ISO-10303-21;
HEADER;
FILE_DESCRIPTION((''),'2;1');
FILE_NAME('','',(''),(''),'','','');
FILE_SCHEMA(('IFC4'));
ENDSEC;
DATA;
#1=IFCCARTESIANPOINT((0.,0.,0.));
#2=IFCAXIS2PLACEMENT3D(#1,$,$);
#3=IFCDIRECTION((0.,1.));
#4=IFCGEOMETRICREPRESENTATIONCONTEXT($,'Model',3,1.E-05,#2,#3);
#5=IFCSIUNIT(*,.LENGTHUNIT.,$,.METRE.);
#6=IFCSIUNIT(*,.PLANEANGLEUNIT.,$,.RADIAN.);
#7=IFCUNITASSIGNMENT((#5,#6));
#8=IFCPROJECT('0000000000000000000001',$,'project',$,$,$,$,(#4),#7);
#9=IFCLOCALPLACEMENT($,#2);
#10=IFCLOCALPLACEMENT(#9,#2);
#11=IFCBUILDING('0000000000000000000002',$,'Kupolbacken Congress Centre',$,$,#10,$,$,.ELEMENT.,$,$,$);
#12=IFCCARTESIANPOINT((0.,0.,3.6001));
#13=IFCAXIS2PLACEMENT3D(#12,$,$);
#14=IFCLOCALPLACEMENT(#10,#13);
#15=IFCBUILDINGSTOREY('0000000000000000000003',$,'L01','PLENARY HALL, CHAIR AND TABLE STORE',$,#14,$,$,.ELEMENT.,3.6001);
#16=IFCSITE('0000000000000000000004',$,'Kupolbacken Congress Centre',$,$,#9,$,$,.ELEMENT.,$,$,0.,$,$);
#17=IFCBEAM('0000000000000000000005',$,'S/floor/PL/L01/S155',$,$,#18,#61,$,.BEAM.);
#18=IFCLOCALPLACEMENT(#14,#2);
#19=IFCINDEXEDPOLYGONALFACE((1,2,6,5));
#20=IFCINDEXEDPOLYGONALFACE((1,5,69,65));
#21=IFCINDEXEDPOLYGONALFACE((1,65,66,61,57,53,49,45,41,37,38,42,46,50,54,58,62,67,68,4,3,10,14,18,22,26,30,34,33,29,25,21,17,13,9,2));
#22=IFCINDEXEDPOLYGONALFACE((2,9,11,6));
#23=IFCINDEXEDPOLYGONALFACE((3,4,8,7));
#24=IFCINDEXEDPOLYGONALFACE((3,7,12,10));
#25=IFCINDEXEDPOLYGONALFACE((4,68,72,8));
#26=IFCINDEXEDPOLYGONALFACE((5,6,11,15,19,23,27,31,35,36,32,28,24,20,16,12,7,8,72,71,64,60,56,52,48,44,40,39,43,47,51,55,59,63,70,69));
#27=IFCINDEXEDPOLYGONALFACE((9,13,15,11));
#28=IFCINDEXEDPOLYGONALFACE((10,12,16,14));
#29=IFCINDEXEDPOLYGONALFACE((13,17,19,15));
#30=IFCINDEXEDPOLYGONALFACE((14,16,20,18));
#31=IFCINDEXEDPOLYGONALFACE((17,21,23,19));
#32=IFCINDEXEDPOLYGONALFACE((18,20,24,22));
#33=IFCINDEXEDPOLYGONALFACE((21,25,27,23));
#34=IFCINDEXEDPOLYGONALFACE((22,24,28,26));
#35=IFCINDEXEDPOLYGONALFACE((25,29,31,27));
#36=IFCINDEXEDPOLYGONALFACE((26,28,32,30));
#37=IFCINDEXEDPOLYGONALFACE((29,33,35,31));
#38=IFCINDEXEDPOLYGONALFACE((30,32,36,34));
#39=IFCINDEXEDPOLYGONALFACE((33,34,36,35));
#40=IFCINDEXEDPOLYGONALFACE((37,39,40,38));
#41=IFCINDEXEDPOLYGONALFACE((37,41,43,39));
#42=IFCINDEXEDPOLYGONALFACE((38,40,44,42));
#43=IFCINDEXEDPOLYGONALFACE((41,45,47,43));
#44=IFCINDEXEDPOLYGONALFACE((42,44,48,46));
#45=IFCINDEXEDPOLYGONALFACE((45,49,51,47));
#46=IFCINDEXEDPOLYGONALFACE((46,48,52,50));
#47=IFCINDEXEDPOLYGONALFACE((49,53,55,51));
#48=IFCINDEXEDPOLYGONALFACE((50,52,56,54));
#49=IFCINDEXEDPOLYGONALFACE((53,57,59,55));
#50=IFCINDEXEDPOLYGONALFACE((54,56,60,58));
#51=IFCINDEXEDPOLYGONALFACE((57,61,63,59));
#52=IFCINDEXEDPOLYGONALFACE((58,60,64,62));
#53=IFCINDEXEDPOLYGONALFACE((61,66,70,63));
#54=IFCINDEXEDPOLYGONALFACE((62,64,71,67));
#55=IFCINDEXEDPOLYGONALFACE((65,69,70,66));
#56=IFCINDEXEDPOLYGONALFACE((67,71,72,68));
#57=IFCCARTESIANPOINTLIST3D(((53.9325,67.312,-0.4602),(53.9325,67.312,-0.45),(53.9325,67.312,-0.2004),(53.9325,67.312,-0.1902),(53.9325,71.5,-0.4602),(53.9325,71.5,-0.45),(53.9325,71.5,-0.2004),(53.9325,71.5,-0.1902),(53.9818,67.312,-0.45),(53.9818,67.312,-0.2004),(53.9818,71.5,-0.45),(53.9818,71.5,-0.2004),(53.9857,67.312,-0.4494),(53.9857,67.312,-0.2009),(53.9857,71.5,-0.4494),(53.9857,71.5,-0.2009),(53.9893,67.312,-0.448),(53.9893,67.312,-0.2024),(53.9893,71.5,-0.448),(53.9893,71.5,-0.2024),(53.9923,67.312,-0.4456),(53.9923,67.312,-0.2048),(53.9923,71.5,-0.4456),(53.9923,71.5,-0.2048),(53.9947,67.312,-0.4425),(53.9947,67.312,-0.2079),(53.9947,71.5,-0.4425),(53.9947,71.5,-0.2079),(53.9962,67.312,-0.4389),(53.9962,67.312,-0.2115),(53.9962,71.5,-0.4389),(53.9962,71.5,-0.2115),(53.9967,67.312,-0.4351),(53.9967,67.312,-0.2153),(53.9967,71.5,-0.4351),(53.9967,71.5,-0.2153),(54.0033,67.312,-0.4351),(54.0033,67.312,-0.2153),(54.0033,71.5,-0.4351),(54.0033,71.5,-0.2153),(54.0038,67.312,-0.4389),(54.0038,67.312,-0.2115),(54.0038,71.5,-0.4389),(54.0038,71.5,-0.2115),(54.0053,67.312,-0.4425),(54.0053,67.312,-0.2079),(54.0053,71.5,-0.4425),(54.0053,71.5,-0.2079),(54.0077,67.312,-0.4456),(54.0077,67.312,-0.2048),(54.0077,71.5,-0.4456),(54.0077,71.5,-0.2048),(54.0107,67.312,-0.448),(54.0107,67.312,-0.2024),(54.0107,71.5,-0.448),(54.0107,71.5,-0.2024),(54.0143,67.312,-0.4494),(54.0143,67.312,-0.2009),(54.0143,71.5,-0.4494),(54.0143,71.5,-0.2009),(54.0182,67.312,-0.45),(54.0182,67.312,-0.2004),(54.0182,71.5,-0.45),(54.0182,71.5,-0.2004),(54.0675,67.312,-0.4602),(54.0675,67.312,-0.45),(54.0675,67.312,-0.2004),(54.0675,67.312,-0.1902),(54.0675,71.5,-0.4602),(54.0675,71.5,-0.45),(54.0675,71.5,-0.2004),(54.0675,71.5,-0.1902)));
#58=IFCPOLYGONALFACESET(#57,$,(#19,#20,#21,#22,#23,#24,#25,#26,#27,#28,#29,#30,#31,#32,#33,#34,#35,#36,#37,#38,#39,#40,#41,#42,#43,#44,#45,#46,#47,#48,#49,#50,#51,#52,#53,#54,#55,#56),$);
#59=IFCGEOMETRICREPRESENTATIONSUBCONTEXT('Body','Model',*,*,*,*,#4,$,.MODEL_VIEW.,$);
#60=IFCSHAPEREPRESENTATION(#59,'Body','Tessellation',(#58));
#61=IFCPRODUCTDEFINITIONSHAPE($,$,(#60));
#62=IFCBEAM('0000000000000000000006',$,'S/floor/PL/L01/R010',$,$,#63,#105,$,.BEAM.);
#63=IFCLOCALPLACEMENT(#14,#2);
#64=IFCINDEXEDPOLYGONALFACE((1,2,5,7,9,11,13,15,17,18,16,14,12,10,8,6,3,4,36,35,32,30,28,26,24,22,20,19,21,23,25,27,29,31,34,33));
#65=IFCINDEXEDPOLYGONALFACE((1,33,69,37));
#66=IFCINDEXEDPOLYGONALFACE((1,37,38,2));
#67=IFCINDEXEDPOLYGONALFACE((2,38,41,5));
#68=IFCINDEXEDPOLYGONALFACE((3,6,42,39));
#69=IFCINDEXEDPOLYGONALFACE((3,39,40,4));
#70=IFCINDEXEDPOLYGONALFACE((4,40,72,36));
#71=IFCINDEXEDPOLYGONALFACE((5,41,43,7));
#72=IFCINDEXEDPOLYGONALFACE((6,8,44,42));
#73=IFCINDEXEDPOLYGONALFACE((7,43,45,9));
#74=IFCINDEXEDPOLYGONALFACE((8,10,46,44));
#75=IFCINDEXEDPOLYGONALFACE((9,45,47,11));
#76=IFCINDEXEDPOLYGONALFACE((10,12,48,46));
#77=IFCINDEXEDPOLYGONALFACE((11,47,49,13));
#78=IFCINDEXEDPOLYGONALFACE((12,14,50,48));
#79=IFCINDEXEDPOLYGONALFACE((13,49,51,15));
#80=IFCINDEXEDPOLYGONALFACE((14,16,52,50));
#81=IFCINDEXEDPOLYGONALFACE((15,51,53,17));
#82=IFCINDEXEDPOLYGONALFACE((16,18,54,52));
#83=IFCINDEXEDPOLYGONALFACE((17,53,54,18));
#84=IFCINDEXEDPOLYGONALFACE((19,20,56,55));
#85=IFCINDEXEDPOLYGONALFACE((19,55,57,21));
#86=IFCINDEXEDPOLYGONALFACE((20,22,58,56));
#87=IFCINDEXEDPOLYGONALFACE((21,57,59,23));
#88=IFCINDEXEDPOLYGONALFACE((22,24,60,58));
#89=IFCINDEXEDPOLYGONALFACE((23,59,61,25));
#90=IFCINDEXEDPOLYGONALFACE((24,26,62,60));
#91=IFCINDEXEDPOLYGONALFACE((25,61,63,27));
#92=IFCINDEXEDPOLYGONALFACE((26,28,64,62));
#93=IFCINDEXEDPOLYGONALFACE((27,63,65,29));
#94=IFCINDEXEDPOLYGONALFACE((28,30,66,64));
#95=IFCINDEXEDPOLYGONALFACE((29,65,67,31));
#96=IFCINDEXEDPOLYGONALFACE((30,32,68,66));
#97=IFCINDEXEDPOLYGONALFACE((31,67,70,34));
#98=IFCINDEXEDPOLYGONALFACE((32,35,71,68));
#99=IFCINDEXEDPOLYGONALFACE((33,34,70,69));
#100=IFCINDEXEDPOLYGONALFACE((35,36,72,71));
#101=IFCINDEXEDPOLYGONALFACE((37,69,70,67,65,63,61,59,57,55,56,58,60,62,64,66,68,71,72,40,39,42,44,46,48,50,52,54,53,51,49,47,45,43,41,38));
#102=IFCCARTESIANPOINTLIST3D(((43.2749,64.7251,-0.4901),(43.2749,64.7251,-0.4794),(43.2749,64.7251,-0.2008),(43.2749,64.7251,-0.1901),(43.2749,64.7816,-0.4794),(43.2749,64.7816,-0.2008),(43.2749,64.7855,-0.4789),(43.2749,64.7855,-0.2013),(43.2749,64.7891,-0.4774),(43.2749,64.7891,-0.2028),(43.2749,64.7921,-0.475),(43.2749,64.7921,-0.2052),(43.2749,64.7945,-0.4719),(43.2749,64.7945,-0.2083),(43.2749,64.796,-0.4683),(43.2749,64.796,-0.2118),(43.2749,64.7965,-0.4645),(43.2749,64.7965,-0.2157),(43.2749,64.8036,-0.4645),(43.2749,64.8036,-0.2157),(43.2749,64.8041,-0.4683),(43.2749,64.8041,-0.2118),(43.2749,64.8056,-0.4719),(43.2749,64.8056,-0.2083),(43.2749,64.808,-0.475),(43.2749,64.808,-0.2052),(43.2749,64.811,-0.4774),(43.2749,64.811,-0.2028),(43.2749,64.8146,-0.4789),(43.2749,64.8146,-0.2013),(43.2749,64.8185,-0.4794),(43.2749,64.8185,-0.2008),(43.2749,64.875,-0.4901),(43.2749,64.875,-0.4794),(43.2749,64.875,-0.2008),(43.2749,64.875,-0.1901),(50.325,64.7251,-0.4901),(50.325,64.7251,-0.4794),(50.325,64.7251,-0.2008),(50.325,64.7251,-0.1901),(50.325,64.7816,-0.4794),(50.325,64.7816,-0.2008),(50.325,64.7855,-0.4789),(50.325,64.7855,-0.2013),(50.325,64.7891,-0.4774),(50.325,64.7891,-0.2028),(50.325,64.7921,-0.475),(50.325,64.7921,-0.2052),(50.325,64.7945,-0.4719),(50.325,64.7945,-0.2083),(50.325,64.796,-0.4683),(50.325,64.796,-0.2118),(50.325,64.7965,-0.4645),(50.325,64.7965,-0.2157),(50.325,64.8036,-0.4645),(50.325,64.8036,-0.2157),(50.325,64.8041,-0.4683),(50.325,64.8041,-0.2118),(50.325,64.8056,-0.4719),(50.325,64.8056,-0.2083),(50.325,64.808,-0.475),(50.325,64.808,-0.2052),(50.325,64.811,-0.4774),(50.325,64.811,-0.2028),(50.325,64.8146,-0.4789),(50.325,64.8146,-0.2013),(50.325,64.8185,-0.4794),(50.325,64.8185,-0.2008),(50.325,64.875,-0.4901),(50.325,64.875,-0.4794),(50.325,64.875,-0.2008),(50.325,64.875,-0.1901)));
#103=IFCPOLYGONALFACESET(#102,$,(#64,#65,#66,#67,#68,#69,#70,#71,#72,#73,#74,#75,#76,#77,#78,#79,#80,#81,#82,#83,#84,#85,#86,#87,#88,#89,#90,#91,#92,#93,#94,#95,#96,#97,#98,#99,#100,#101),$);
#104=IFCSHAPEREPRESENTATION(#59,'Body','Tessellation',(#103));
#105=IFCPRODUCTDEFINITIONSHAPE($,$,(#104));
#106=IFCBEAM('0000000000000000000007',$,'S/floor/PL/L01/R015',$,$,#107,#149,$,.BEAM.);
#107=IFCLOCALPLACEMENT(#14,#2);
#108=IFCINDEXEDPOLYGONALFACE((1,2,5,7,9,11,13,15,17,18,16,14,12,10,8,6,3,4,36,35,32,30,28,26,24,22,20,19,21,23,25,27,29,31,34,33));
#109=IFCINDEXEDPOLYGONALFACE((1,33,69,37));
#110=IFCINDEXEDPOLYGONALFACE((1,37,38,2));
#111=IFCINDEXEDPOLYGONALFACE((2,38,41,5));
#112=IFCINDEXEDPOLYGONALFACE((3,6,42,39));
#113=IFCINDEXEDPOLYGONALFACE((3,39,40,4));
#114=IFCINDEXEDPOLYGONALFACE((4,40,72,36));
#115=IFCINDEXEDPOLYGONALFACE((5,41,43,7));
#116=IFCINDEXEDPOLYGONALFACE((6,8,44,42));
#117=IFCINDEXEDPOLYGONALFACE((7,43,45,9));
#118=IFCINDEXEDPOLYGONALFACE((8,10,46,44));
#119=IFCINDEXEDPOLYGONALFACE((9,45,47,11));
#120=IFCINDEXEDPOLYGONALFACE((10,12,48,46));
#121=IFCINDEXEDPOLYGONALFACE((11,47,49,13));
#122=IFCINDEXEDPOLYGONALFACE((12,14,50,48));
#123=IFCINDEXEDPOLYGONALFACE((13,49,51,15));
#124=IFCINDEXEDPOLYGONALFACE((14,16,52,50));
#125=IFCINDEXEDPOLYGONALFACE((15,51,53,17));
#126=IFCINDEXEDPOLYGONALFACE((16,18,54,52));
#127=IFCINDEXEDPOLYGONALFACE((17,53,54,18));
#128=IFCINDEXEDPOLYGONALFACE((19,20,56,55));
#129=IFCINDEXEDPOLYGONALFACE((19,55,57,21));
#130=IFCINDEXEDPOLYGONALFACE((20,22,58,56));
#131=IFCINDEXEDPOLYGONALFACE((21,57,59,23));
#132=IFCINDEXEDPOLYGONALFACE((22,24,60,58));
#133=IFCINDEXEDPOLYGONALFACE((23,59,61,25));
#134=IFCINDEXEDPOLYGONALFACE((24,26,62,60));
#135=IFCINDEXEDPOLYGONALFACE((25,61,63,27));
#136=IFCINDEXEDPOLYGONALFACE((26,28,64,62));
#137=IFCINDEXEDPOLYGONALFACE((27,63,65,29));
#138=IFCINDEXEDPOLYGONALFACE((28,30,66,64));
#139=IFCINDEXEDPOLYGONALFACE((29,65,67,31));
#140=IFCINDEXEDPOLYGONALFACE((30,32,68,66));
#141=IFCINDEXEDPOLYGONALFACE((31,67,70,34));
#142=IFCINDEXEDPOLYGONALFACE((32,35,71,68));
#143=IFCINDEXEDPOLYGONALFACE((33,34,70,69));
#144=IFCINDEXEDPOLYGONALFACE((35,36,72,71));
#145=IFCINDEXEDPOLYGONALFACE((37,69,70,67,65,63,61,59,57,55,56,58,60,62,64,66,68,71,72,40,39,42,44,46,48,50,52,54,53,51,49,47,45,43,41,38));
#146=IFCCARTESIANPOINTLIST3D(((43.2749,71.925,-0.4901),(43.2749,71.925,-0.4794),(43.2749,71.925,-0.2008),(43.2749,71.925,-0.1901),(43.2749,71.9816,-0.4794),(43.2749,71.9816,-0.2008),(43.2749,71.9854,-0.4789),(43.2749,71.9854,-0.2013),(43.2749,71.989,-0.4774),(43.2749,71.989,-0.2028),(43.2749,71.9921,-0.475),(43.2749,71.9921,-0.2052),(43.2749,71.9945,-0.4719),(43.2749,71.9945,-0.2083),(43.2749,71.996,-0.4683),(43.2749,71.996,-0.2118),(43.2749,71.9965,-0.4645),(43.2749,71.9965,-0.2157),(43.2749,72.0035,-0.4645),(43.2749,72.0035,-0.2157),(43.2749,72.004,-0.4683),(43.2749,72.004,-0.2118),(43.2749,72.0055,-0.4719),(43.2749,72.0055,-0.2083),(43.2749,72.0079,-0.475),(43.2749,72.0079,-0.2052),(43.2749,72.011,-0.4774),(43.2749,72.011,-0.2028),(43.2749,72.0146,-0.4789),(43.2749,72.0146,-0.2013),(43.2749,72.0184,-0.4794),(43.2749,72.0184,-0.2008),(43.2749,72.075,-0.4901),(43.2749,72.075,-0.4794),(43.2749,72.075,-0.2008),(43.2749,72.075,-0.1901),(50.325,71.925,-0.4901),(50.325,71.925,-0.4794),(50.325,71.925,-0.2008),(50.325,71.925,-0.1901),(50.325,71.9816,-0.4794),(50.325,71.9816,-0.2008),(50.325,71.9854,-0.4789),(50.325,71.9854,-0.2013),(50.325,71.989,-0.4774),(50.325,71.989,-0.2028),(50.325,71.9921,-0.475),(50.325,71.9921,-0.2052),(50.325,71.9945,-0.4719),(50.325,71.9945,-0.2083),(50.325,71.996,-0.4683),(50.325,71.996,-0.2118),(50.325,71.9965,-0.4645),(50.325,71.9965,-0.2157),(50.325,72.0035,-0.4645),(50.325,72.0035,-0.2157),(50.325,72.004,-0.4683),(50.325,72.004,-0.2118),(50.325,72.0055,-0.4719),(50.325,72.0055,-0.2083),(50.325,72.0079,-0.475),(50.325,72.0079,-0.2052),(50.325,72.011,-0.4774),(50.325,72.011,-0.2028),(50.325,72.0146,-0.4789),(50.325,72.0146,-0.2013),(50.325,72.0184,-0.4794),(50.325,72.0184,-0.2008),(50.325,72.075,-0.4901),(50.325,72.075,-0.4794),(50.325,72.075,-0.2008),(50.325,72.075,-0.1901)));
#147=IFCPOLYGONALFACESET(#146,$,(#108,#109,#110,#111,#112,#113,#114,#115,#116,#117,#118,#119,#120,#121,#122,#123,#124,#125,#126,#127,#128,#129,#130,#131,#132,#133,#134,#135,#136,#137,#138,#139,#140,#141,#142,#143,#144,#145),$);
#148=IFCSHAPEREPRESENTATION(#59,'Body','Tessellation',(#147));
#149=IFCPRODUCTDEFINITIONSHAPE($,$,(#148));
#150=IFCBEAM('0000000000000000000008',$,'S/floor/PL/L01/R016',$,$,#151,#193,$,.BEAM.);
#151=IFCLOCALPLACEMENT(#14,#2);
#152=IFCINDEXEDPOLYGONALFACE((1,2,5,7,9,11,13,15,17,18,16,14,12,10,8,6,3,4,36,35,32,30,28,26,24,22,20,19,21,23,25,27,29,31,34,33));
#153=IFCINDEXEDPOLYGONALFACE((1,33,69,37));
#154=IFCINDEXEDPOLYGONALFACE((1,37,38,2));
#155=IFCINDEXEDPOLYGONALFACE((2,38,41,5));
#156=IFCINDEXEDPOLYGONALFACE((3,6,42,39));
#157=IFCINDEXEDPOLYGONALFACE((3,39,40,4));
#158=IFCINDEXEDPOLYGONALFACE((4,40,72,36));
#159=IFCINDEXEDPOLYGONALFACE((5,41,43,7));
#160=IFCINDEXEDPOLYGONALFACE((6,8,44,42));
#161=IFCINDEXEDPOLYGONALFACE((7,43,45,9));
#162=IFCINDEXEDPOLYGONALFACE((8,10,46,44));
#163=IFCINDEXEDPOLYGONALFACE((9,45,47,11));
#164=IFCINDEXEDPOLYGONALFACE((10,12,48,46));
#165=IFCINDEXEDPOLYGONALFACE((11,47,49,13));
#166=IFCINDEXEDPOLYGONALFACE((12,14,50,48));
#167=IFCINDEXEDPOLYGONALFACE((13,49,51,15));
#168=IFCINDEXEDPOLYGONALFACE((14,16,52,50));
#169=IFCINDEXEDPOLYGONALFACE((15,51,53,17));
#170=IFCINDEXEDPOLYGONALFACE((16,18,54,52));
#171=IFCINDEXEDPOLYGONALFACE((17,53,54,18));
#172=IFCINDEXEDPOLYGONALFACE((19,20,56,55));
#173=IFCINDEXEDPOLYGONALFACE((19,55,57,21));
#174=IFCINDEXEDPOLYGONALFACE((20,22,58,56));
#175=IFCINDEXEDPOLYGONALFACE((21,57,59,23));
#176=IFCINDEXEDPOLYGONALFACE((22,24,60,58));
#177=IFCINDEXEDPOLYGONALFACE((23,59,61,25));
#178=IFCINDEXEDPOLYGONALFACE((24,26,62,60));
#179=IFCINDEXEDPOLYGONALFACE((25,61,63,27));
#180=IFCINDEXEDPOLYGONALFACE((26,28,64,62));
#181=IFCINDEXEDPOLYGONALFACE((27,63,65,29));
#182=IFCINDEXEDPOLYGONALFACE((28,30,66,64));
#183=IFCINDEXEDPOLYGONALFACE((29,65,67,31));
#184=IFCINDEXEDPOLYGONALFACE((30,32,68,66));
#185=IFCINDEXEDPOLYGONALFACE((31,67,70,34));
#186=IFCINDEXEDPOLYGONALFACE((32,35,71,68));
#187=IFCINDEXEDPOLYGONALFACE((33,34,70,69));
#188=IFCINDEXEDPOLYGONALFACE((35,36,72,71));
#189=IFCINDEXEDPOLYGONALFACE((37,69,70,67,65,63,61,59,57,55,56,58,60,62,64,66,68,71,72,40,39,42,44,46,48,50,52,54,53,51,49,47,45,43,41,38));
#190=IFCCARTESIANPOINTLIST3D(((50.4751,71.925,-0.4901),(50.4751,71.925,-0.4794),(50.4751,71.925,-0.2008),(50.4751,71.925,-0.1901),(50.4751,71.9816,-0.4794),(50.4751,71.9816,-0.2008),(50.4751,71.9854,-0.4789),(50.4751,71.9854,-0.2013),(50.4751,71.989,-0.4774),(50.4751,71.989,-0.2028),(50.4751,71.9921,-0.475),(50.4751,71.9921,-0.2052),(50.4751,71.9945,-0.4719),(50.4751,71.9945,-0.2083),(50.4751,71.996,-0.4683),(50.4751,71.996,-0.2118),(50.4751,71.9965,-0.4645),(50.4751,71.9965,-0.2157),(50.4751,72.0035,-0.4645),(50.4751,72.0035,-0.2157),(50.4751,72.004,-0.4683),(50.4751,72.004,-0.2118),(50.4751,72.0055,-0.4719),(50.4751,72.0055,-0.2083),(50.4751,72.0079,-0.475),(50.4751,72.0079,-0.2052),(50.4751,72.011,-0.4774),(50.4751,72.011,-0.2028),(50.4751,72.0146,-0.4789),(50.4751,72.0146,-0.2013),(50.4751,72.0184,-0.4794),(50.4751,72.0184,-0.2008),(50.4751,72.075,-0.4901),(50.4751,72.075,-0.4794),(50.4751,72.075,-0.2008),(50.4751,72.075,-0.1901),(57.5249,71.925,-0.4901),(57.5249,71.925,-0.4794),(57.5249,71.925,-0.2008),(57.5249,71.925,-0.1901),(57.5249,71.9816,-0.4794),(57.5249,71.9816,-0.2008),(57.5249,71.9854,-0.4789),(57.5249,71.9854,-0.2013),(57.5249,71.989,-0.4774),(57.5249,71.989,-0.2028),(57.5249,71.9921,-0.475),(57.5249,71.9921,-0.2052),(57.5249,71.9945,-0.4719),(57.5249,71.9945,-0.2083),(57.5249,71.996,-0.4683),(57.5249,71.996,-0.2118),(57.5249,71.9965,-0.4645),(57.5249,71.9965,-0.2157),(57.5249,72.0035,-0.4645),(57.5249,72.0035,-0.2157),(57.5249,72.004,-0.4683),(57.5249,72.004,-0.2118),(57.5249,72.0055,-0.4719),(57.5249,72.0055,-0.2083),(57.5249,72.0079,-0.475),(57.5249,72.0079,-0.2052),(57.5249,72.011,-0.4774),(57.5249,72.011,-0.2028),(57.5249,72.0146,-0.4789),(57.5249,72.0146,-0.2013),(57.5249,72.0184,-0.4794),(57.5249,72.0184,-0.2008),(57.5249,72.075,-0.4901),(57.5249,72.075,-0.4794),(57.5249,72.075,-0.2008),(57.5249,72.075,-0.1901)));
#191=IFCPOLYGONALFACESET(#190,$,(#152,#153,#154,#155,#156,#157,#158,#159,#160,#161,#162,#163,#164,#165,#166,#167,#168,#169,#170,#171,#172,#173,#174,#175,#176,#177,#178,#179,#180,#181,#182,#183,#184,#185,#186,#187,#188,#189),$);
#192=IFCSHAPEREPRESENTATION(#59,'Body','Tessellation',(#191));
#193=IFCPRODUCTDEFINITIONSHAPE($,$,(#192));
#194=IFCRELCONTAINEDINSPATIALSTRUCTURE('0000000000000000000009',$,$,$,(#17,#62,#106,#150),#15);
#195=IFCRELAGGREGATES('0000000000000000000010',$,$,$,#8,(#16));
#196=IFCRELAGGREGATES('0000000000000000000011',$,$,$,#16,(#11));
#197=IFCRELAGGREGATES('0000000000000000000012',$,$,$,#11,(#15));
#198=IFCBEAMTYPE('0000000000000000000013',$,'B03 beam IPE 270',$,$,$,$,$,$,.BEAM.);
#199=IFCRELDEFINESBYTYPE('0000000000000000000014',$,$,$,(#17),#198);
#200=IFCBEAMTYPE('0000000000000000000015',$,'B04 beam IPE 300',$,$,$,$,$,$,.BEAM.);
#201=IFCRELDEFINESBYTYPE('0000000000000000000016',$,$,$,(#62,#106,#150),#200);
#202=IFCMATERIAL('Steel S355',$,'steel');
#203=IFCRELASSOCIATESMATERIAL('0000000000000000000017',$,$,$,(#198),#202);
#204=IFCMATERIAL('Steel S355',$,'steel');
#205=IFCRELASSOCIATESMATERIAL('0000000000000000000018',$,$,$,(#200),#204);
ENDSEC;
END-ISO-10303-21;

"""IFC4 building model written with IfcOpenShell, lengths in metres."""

from ifc_helpers import new_model, si_unit, direction, frame, origin, origin_2d, place, context, subcontext, project, spatial, i_section, extrude, material, material_profile, profile_set, type_object, element, save


model = new_model("IFC4")

# Units and contexts
model_context = context("Model", 3, precision=1e-05, world=origin(), true_north=direction((0.0, 1.0)))
body_context = subcontext(model_context, "Body", "Model", "MODEL_VIEW")
ifc_project = project(units=[si_unit("LENGTHUNIT", "METRE"), si_unit("PLANEANGLEUNIT", "RADIAN")], contexts=[model_context])

# Site, building, storey
site_placement = place(None, origin())
site = spatial("IfcSite", under=ifc_project, at=site_placement, Name="Kupolbacken Congress Centre", CompositionType="ELEMENT", RefElevation=0.0)
building_placement = place(site_placement, origin())
building = spatial("IfcBuilding", under=site, at=building_placement, Name="Kupolbacken Congress Centre", CompositionType="ELEMENT")
storey_placement = place(building_placement, frame((0.0, 0.0, 3.6001)))
storey = spatial("IfcBuildingStorey", under=building, at=storey_placement, Name="L01", Description="PLENARY HALL, CHAIR AND TABLE STORE", CompositionType="ELEMENT", Elevation=3.6001)

# Beams
ifc_material_1 = material(Name="Steel S355", Category="steel")
ifc_material_profile_1 = material_profile(ifc_material_1, i_section(OverallWidth=0.135, OverallDepth=0.27, WebThickness=0.0066, FlangeThickness=0.0103, FilletRadius=0.0149, at=origin_2d()), Name="IPE 270")
ifc_profile_set_1 = profile_set([ifc_material_profile_1], Name="Steel S355")
beam_type_1 = type_object("IfcBeamType", Name="B03 beam IPE 270", PredefinedType="BEAM", material=ifc_profile_set_1)
beam_1_placement = place(storey_placement, frame((54.0, 67.312, -0.3252), z_axis=(0.0, 1.0, 0.0), x_axis=(-1.0, 0.0, 0.0)))
element("IfcBeam", 1, at=beam_1_placement, inside=storey, type_object=beam_type_1, Name="S/floor/PL/L01/S155", PredefinedType="BEAM", context=body_context, shape_type="SweptSolid", body=[
    extrude(i_section(OverallWidth=0.135, OverallDepth=0.27, WebThickness=0.0066, FlangeThickness=0.0103, FilletRadius=0.0149, at=origin_2d()), origin(), (0.0, 0.0, 1.0), 4.188),
])
ifc_material_2 = material(Name="Steel S355", Category="steel")
ifc_material_profile_2 = material_profile(ifc_material_2, i_section(OverallWidth=0.1499, OverallDepth=0.3, WebThickness=0.0071, FlangeThickness=0.0107, FilletRadius=0.0149, at=origin_2d()), Name="IPE 300")
ifc_profile_set_2 = profile_set([ifc_material_profile_2], Name="Steel S355")
beam_type_2 = type_object("IfcBeamType", Name="B04 beam IPE 300", PredefinedType="BEAM", material=ifc_profile_set_2)
for number, where, z_axis, x_axis, name in (
    (2, (43.2749, 64.8, -0.3401), (1.0, 0.0, 0.0), (0.0, 1.0, 0.0), "S/floor/PL/L01/R010"),
    (3, (43.2749, 72.0, -0.3401), (1.0, 0.0, 0.0), (0.0, 1.0, 0.0), "S/floor/PL/L01/R015"),
):
    element("IfcBeam", number, at=place(storey_placement, frame(where, z_axis=z_axis, x_axis=x_axis)), inside=storey, type_object=beam_type_2, Name=name, PredefinedType="BEAM", context=body_context, shape_type="SweptSolid", body=[
        extrude(i_section(OverallWidth=0.1499, OverallDepth=0.3, WebThickness=0.0071, FlangeThickness=0.0107, FilletRadius=0.0149, at=origin_2d()), origin(), (0.0, 0.0, 1.0), 7.05),
    ])
beam_2_placement = place(storey_placement, frame((50.4751, 72.0, -0.3401), z_axis=(1.0, 0.0, 0.0), x_axis=(0.0, 1.0, 0.0)))
element("IfcBeam", 4, at=beam_2_placement, inside=storey, type_object=beam_type_2, Name="S/floor/PL/L01/R016", PredefinedType="BEAM", context=body_context, shape_type="SweptSolid", body=[
    extrude(i_section(OverallWidth=0.1499, OverallDepth=0.3, WebThickness=0.0071, FlangeThickness=0.0107, FilletRadius=0.0149, at=origin_2d()), origin(), (0.0, 0.0, 1.0), 7.0498),
])

save(model, "model.ifc")
